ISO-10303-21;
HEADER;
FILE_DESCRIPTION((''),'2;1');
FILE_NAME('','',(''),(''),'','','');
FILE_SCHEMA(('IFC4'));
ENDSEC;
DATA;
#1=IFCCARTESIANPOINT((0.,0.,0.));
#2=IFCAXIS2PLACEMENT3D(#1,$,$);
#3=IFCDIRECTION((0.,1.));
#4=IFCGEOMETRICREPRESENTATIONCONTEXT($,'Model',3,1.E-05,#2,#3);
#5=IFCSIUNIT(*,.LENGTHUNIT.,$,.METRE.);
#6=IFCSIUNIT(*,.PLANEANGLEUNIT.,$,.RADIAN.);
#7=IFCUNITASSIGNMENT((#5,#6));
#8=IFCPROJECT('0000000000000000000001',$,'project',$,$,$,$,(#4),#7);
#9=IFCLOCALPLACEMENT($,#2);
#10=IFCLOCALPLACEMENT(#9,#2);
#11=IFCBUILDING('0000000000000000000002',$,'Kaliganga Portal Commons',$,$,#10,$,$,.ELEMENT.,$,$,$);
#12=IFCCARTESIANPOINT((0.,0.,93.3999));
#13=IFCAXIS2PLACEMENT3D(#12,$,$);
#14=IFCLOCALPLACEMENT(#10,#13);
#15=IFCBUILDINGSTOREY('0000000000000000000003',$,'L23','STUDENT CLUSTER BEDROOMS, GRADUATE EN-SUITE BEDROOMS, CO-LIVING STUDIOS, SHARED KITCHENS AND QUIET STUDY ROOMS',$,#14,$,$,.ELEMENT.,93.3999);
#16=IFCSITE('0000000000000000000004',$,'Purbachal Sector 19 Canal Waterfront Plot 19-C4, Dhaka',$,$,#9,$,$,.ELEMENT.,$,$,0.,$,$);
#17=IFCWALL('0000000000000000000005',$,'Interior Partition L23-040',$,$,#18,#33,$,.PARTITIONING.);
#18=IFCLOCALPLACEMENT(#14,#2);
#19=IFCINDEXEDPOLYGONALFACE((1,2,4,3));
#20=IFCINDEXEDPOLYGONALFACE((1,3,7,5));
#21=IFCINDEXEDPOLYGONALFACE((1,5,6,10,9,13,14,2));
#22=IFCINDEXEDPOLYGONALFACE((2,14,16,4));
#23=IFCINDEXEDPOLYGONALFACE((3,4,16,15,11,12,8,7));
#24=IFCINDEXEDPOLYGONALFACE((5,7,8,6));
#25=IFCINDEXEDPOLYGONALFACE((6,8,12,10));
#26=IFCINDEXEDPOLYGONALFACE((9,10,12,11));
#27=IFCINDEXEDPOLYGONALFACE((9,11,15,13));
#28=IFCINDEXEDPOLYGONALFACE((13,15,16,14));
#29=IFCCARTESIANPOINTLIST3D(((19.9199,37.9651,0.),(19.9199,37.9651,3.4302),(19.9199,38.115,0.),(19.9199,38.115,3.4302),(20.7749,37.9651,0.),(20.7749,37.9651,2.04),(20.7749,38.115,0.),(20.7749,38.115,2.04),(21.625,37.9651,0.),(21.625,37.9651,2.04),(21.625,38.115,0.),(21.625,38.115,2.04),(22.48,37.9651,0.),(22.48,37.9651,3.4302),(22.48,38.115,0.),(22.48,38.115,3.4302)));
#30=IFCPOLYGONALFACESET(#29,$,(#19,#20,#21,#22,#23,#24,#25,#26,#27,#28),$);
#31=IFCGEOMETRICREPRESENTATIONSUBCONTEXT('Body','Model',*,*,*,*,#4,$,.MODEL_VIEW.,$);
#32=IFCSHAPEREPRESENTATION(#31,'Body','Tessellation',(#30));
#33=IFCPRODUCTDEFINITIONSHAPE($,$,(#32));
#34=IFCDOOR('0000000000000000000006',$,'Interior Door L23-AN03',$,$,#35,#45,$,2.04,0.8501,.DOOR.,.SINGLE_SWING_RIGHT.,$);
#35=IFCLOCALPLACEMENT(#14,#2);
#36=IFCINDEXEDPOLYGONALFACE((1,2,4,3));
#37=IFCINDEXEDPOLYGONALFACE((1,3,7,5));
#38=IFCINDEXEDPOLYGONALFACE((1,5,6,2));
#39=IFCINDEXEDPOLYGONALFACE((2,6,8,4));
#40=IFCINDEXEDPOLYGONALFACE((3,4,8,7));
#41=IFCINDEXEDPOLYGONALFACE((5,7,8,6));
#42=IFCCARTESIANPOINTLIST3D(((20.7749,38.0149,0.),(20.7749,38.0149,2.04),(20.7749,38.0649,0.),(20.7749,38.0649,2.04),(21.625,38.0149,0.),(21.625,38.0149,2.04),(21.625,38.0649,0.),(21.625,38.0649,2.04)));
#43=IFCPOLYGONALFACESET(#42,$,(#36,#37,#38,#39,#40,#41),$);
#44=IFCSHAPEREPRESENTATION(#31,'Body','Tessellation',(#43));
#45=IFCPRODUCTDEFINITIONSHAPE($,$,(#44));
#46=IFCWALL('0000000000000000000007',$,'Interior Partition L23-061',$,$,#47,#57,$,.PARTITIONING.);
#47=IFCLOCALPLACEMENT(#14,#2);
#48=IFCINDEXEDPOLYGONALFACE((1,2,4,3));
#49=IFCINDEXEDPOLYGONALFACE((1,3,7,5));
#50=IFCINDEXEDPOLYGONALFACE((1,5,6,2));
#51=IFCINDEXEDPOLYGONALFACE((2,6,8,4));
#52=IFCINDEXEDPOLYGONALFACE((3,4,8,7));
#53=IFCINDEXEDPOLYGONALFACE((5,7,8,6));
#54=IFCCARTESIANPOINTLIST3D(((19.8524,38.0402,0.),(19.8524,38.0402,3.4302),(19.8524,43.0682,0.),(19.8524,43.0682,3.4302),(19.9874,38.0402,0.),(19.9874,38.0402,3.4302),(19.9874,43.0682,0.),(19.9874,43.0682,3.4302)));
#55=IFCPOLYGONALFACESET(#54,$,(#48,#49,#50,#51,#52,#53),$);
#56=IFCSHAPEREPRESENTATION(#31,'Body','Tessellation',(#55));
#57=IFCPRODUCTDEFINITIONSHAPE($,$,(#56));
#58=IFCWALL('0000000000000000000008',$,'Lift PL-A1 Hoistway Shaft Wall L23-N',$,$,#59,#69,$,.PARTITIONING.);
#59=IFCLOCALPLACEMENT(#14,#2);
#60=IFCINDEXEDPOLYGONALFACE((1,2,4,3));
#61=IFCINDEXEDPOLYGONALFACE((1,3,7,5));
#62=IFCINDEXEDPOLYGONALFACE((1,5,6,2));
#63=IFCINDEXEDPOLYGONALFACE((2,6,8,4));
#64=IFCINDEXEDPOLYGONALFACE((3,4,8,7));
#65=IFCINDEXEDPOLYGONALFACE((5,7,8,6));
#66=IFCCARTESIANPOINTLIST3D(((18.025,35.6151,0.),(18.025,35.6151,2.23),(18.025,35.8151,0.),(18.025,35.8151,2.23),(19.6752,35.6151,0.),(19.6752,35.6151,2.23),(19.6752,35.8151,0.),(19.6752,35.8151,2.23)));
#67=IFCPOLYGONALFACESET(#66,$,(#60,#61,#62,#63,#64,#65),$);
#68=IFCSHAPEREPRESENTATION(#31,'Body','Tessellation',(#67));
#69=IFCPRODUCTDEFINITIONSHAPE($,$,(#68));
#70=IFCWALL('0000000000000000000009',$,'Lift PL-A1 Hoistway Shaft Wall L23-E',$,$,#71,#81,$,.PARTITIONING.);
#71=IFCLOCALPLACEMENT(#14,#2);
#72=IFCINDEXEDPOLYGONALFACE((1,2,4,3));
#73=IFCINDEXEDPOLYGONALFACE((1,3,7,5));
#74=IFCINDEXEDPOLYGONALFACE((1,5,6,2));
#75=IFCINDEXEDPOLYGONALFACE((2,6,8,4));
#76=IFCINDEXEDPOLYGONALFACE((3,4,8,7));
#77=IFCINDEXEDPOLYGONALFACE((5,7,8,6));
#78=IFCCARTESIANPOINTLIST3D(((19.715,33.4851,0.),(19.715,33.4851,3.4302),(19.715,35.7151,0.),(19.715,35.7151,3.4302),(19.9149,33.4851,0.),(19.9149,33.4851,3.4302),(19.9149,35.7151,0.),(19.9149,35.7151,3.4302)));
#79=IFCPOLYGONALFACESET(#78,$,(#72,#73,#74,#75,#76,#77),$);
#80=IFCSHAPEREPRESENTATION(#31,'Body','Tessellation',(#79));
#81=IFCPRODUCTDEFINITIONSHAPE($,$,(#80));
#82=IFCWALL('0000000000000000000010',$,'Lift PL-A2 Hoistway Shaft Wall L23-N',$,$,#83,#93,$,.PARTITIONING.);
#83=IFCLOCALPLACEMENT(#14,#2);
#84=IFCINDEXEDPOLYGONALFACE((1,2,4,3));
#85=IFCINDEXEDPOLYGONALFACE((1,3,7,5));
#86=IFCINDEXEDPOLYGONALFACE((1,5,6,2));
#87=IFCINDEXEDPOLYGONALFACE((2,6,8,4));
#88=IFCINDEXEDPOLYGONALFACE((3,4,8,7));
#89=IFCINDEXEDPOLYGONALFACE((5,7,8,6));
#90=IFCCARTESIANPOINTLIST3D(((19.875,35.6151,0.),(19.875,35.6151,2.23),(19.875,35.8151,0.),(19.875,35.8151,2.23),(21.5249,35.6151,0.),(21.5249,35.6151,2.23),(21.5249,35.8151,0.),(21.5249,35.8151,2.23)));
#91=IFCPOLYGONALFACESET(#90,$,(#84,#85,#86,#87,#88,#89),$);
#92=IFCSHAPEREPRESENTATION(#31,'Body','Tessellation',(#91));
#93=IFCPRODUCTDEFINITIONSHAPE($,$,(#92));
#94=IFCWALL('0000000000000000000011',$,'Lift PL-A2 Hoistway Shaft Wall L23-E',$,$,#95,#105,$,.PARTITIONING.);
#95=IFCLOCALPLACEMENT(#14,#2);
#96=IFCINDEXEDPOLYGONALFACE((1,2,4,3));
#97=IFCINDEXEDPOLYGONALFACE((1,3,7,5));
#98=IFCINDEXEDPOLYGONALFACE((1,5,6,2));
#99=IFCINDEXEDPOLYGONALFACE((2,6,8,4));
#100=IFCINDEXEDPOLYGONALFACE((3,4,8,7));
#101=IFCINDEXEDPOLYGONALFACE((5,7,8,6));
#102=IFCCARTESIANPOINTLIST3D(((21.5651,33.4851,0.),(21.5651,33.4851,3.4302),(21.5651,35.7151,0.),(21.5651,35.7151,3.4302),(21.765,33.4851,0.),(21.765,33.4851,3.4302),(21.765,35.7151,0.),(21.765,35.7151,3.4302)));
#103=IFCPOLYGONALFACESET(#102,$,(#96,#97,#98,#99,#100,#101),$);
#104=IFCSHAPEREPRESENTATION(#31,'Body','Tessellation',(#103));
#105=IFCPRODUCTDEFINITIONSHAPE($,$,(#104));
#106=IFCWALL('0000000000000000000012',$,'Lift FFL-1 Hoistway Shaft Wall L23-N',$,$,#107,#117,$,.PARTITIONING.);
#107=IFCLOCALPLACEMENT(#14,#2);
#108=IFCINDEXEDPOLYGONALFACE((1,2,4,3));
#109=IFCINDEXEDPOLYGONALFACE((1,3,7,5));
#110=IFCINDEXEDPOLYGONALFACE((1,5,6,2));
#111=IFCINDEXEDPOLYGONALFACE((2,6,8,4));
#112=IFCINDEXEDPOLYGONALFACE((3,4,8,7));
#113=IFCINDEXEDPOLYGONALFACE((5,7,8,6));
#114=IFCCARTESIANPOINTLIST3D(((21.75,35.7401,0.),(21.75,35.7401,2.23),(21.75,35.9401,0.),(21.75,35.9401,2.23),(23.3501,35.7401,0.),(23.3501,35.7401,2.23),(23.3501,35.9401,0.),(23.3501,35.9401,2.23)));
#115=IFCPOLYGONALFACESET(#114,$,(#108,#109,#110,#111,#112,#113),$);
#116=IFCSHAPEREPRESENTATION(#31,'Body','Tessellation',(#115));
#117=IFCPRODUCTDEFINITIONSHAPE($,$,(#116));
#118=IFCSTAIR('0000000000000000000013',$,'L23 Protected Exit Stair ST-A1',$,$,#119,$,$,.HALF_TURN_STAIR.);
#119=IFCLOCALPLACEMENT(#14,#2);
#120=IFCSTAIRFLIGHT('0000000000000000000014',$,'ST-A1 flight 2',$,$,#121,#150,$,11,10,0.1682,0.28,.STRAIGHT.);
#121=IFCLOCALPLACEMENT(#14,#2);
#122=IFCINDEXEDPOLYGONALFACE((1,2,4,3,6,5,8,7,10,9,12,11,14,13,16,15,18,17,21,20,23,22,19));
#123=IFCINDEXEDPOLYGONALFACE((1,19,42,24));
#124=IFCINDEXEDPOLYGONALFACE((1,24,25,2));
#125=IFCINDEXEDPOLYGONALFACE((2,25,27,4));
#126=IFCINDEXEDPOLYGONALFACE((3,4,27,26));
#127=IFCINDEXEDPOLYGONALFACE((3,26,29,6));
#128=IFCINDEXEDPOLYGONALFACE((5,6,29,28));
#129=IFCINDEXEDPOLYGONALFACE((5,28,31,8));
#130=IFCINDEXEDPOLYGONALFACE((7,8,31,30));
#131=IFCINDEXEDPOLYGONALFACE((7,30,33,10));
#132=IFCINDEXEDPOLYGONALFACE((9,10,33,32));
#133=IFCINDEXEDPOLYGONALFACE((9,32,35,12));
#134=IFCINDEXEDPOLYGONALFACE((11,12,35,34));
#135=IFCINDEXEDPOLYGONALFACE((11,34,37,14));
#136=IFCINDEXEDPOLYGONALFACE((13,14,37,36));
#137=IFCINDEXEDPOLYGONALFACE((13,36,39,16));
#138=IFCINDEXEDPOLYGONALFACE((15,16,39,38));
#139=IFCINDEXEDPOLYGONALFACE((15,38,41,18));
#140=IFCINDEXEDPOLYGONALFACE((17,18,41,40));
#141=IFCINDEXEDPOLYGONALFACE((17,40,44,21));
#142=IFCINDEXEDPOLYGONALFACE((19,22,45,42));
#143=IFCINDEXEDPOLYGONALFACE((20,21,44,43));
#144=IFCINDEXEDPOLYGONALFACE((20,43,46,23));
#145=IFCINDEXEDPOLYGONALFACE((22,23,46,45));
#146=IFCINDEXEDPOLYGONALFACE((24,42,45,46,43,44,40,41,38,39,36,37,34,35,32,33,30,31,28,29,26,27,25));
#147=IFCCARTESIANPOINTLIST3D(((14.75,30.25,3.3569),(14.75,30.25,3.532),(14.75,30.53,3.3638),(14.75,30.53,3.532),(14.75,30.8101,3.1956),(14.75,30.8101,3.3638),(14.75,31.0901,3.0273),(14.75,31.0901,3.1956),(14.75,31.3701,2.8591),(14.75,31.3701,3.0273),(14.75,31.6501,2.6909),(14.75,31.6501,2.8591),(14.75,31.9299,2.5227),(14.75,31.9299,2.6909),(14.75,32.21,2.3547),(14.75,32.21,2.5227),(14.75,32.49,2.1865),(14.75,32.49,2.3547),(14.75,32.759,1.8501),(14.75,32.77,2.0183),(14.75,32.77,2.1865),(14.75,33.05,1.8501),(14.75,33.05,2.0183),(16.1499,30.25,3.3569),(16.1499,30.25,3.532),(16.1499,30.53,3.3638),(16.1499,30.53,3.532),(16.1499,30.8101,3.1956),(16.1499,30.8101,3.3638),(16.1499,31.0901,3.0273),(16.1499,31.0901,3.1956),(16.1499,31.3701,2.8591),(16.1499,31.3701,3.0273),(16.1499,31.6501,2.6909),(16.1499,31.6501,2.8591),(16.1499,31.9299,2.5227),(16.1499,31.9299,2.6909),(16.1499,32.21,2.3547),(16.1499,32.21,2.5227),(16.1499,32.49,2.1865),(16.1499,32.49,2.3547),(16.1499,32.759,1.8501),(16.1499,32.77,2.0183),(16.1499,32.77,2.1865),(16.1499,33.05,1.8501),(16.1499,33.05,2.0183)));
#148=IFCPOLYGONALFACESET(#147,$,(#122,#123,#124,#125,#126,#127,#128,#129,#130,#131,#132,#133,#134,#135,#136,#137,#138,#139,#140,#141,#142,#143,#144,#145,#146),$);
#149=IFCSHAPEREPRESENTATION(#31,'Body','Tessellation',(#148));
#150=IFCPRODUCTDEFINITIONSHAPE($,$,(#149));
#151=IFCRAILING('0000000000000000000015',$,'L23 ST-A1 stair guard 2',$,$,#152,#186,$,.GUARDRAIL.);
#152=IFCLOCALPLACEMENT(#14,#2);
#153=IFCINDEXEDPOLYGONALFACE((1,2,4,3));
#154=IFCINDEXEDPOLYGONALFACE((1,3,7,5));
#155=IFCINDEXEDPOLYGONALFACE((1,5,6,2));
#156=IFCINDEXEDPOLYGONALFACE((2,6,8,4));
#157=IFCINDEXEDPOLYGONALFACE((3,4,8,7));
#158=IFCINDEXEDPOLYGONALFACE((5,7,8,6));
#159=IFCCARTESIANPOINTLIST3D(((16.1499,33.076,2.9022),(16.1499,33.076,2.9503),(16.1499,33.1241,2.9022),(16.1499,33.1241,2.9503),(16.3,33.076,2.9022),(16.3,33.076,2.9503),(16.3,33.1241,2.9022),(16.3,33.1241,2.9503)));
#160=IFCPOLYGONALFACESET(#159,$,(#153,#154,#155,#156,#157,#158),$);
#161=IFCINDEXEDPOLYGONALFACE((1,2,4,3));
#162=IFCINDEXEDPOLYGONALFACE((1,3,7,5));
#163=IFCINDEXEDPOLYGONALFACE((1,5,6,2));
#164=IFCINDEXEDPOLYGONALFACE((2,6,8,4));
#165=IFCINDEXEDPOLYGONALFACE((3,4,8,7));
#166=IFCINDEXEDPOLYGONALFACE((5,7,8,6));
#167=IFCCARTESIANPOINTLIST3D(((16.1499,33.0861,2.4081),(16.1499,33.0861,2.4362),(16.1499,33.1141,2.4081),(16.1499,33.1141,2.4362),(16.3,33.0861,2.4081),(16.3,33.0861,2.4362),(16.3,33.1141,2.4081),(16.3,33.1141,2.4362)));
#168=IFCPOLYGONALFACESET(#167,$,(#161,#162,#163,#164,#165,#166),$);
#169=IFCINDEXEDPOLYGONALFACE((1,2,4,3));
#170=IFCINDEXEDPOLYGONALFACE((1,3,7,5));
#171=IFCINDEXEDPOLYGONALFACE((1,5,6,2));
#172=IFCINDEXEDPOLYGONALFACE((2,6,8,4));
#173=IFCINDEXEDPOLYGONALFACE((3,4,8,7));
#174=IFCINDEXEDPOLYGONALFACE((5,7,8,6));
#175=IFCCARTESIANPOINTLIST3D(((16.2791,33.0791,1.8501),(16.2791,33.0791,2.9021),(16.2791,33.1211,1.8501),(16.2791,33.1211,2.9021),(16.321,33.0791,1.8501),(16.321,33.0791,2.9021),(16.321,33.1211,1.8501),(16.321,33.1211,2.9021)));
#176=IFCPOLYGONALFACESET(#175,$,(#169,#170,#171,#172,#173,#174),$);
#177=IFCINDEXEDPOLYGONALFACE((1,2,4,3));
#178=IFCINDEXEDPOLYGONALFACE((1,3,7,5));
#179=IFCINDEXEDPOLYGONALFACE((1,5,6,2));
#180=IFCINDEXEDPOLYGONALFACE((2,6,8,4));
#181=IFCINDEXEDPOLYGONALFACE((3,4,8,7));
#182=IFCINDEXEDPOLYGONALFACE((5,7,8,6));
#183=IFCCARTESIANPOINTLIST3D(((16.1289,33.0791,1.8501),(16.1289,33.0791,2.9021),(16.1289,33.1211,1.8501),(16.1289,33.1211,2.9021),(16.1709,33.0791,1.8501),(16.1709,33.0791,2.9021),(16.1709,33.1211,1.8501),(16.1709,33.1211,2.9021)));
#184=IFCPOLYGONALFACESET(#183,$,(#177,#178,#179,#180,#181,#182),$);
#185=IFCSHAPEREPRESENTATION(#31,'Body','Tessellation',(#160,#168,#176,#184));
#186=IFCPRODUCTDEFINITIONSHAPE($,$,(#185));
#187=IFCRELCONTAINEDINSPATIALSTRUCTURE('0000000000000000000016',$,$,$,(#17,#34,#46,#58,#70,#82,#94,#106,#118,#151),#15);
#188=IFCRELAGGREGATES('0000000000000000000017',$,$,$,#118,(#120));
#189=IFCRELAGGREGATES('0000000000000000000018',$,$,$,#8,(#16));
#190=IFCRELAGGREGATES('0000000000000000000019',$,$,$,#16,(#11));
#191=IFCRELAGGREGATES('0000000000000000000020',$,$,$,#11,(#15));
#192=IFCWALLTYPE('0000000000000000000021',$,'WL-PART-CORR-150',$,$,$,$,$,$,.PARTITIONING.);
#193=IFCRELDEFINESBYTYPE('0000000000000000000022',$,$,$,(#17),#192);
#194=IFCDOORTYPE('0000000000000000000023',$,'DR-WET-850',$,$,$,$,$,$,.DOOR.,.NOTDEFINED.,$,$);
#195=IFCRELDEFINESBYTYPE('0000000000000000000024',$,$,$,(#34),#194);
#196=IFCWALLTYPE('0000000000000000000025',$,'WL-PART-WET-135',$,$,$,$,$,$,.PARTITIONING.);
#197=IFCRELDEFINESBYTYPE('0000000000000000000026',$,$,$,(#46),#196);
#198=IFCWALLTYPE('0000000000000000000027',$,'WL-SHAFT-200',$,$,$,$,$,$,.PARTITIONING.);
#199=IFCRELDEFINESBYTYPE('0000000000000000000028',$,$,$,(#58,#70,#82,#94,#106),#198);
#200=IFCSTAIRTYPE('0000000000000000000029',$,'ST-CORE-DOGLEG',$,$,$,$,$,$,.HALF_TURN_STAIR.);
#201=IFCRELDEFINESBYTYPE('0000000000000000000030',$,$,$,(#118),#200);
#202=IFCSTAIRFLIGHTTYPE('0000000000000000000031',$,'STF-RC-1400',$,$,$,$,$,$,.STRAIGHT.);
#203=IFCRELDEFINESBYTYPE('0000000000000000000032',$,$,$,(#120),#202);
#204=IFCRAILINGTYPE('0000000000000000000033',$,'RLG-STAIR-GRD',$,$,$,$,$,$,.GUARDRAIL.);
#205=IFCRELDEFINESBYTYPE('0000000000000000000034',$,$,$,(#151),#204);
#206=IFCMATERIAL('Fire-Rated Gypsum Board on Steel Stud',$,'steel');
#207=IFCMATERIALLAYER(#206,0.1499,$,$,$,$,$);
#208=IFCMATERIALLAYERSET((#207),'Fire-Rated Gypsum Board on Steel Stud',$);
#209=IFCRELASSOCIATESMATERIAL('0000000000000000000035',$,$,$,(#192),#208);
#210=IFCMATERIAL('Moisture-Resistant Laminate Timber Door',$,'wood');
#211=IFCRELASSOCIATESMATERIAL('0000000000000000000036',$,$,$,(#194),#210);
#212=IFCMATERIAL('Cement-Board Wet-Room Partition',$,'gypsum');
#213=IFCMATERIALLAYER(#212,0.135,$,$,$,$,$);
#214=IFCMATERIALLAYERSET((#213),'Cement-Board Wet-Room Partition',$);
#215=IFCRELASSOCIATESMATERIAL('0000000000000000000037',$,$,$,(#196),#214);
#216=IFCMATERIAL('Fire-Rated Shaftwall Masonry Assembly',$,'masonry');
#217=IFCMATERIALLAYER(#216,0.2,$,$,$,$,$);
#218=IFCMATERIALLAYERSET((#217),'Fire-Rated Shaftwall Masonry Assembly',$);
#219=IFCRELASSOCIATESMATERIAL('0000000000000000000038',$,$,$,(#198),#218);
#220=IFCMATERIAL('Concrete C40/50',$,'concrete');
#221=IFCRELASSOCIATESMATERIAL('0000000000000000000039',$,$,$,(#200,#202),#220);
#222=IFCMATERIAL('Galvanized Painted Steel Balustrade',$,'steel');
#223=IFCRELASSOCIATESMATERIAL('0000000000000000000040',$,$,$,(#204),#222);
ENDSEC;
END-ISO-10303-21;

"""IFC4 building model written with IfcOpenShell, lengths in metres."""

from ifc_helpers import new_model, si_unit, direction, frame, frame_2d, origin, origin_2d, place, context, subcontext, project, spatial, polyline, rectangle, outline, extrude, material, layer, layer_set, type_object, element, fill, aggregate, save


model = new_model("IFC4")

# Units and contexts
model_context = context("Model", 3, precision=1e-05, world=origin(), true_north=direction((0.0, 1.0)))
body_context = subcontext(model_context, "Body", "Model", "MODEL_VIEW")
ifc_project = project(units=[si_unit("LENGTHUNIT", "METRE"), si_unit("PLANEANGLEUNIT", "RADIAN")], contexts=[model_context])

# Site, building, storey
site_placement = place(None, origin())
site = spatial("IfcSite", under=ifc_project, at=site_placement, Name="Purbachal Sector 19 Canal Waterfront Plot 19-C4, Dhaka", CompositionType="ELEMENT", RefElevation=0.0)
building_placement = place(site_placement, origin())
building = spatial("IfcBuilding", under=site, at=building_placement, Name="Kaliganga Portal Commons", CompositionType="ELEMENT")
storey_placement = place(building_placement, frame((0.0, 0.0, 93.3999)))
storey = spatial("IfcBuildingStorey", under=building, at=storey_placement, Name="L23", Description="STUDENT CLUSTER BEDROOMS, GRADUATE EN-SUITE BEDROOMS, CO-LIVING STUDIOS, SHARED KITCHENS AND QUIET STUDY ROOMS", CompositionType="ELEMENT", Elevation=93.3999)

# Wall, opening, door
ifc_material_1 = material(Name="Fire-Rated Gypsum Board on Steel Stud", Category="steel")
ifc_layer_1 = layer(ifc_material_1, 0.1499)
ifc_layer_set_1 = layer_set([ifc_layer_1], Name="Fire-Rated Gypsum Board on Steel Stud")
wall_type_1 = type_object("IfcWallType", Name="WL-PART-CORR-150", PredefinedType="PARTITIONING", material=ifc_layer_set_1)
wall_1_placement = place(storey_placement, frame((19.9199, 38.04, 0.0), z_axis=(0.0, 0.0, 1.0), x_axis=(1.0, 0.0, 0.0)))
wall_1 = element("IfcWall", 1, at=wall_1_placement, inside=storey, type_object=wall_type_1, Name="Interior Partition L23-040", PredefinedType="PARTITIONING", context=body_context, shape_type="SweptSolid", body=[
    extrude(rectangle(XDim=2.5601, YDim=0.1499, at=frame_2d((1.28, 0.0))), origin(), (0.0, 0.0, 1.0), 3.4302),
])
opening_1_placement = place(wall_1_placement, frame((0.855, 0.0, 0.0)))
opening_1 = element("IfcOpeningElement", 2, at=opening_1_placement, cuts=wall_1, PredefinedType="OPENING", context=body_context, shape_type="SweptSolid", body=[
    extrude(rectangle(XDim=0.8501, YDim=2.04, at=frame_2d((0.425, 1.02))), frame((0.0, 0.085, 0.0), z_axis=(0.0, -1.0, 0.0), x_axis=(1.0, 0.0, 0.0)), (0.0, 0.0, 1.0), 0.1699),
])
ifc_material_2 = material(Name="Moisture-Resistant Laminate Timber Door", Category="wood")
door_type_1 = type_object("IfcDoorType", Name="DR-WET-850", OperationType="NOTDEFINED", PredefinedType="DOOR", material=ifc_material_2)
door_1_placement = place(opening_1_placement, origin())
door_1 = element("IfcDoor", 3, at=door_1_placement, inside=storey, type_object=door_type_1, Name="Interior Door L23-AN03", OperationType="SINGLE_SWING_RIGHT", OverallHeight=2.04, OverallWidth=0.8501, PredefinedType="DOOR", context=body_context, shape_type="SweptSolid", body=[
    extrude(rectangle(XDim=0.8501, YDim=2.04, at=frame_2d((0.425, 1.02))), frame((0.0, 0.0249, 0.0), z_axis=(0.0, -1.0, 0.0), x_axis=(1.0, 0.0, 0.0)), (0.0, 0.0, 1.0), 0.05),
])
fill(opening_1, door_1)

# Wall
ifc_material_3 = material(Name="Cement-Board Wet-Room Partition", Category="gypsum")
ifc_layer_2 = layer(ifc_material_3, 0.135)
ifc_layer_set_2 = layer_set([ifc_layer_2], Name="Cement-Board Wet-Room Partition")
wall_type_2 = type_object("IfcWallType", Name="WL-PART-WET-135", PredefinedType="PARTITIONING", material=ifc_layer_set_2)
wall_2_placement = place(storey_placement, frame((19.9199, 38.04, 0.0), z_axis=(0.0, 0.0, 1.0), x_axis=(0.0, 1.0, 0.0)))
element("IfcWall", 4, at=wall_2_placement, inside=storey, type_object=wall_type_2, Name="Interior Partition L23-061", PredefinedType="PARTITIONING", context=body_context, shape_type="SweptSolid", body=[
    extrude(rectangle(XDim=5.0281, YDim=0.135, at=frame_2d((2.5142, 0.0))), origin(), (0.0, 0.0, 1.0), 3.4302),
])

# Shared definitions
ifc_material_4 = material(Name="Fire-Rated Shaftwall Masonry Assembly", Category="masonry")
ifc_layer_3 = layer(ifc_material_4, 0.2)
ifc_layer_set_3 = layer_set([ifc_layer_3], Name="Fire-Rated Shaftwall Masonry Assembly")
wall_type_3 = type_object("IfcWallType", Name="WL-SHAFT-200", PredefinedType="PARTITIONING", material=ifc_layer_set_3)

# Walls
wall_3_placement = place(storey_placement, frame((18.0249, 35.7151, 0.0), z_axis=(0.0, 0.0, 1.0), x_axis=(1.0, 0.0, 0.0)))
element("IfcWall", 5, at=wall_3_placement, inside=storey, type_object=wall_type_3, Name="Lift PL-A1 Hoistway Shaft Wall L23-N", PredefinedType="PARTITIONING", context=body_context, shape_type="SweptSolid", body=[
    extrude(rectangle(XDim=1.6501, YDim=0.2, at=frame_2d((0.8252, 0.0))), origin(), (0.0, 0.0, 1.0), 2.23),
])
wall_4_placement = place(storey_placement, frame((19.8149, 33.4851, 0.0), z_axis=(0.0, 0.0, 1.0), x_axis=(0.0, 1.0, 0.0)))
element("IfcWall", 6, at=wall_4_placement, inside=storey, type_object=wall_type_3, Name="Lift PL-A1 Hoistway Shaft Wall L23-E", PredefinedType="PARTITIONING", context=body_context, shape_type="SweptSolid", body=[
    extrude(rectangle(XDim=2.23, YDim=0.2, at=frame_2d((1.115, 0.0))), origin(), (0.0, 0.0, 1.0), 3.4302),
])

# Walls
wall_5_placement = place(storey_placement, frame((19.875, 35.7151, 0.0), z_axis=(0.0, 0.0, 1.0), x_axis=(1.0, 0.0, 0.0)))
element("IfcWall", 7, at=wall_5_placement, inside=storey, type_object=wall_type_3, Name="Lift PL-A2 Hoistway Shaft Wall L23-N", PredefinedType="PARTITIONING", context=body_context, shape_type="SweptSolid", body=[
    extrude(rectangle(XDim=1.6499, YDim=0.2, at=frame_2d((0.825, 0.0))), origin(), (0.0, 0.0, 1.0), 2.23),
])
wall_6_placement = place(storey_placement, frame((21.665, 33.4851, 0.0), z_axis=(0.0, 0.0, 1.0), x_axis=(0.0, 1.0, 0.0)))
element("IfcWall", 8, at=wall_6_placement, inside=storey, type_object=wall_type_3, Name="Lift PL-A2 Hoistway Shaft Wall L23-E", PredefinedType="PARTITIONING", context=body_context, shape_type="SweptSolid", body=[
    extrude(rectangle(XDim=2.23, YDim=0.2, at=frame_2d((1.115, 0.0))), origin(), (0.0, 0.0, 1.0), 3.4302),
])

# Wall
wall_7_placement = place(storey_placement, frame((21.75, 35.8401, 0.0), z_axis=(0.0, 0.0, 1.0), x_axis=(1.0, 0.0, 0.0)))
element("IfcWall", 9, at=wall_7_placement, inside=storey, type_object=wall_type_3, Name="Lift FFL-1 Hoistway Shaft Wall L23-N", PredefinedType="PARTITIONING", context=body_context, shape_type="SweptSolid", body=[
    extrude(rectangle(XDim=1.6001, YDim=0.2, at=frame_2d((0.8, 0.0))), origin(), (0.0, 0.0, 1.0), 2.23),
])

# Stair, stair flight
ifc_material_5 = material(Name="Concrete C40/50", Category="concrete")
stair_type = type_object("IfcStairType", Name="ST-CORE-DOGLEG", PredefinedType="HALF_TURN_STAIR", material=ifc_material_5)
stair_placement = place(storey_placement, origin())
stair = element("IfcStair", 10, at=stair_placement, inside=storey, type_object=stair_type, Name="L23 Protected Exit Stair ST-A1", PredefinedType="HALF_TURN_STAIR")
stair_flight_type = type_object("IfcStairFlightType", Name="STF-RC-1400", PredefinedType="STRAIGHT", material=ifc_material_5)
stair_flight_placement = place(storey_placement, frame((15.45, 33.05, 1.8501), z_axis=(0.0, 0.0, 1.0), x_axis=(0.0, -1.0, 0.0)))
stair_flight = element("IfcStairFlight", 11, at=stair_flight_placement, type_object=stair_flight_type, Name="ST-A1 flight 2", NumberOfRisers=11, NumberOfTreads=10, PredefinedType="STRAIGHT", RiserHeight=0.1682, TreadLength=0.28, context=body_context, shape_type="SweptSolid", body=[
    extrude(outline(polyline([(0.0, 0.0), (0.0, 0.1682), (0.28, 0.1682), (0.28, 0.3364), (0.5601, 0.3364), (0.5601, 0.5046), (0.8401, 0.5046), (0.8401, 0.6726), (1.1201, 0.6726), (1.1201, 0.8408), (1.3999, 0.8408), (1.3999, 1.009), (1.6799, 1.009), (1.6799, 1.1772), (1.96, 1.1772), (1.96, 1.3455), (2.24, 1.3455), (2.24, 1.5137), (2.52, 1.5137), (2.52, 1.6819), (2.8, 1.6819), (2.8, 1.8501), (2.8, 1.5068), (0.291, 0.0), (0.0, 0.0)])), frame((0.0, 0.7, 0.0), z_axis=(0.0, -1.0, 0.0), x_axis=(1.0, 0.0, 0.0)), (0.0, 0.0, 1.0), 1.3999),
])
aggregate(stair, [stair_flight])

# Railing
ifc_material_6 = material(Name="Galvanized Painted Steel Balustrade", Category="steel")
railing_type = type_object("IfcRailingType", Name="RLG-STAIR-GRD", PredefinedType="GUARDRAIL", material=ifc_material_6)
railing_1_placement = place(storey_placement, frame((16.3, 33.1001, 1.8501)))
element("IfcRailing", 12, at=railing_1_placement, inside=storey, type_object=railing_type, Name="L23 ST-A1 stair guard 2", PredefinedType="GUARDRAIL", context=body_context, shape_type="SweptSolid", body=[
    extrude(rectangle(XDim=0.0481, YDim=0.0481, at=origin_2d()), frame((0.0, 0.0, 1.0762), z_axis=(-1.0, 0.0, 0.0), x_axis=(0.0, -1.0, 0.0)), (0.0, 0.0, 1.0), 0.1501),
    extrude(rectangle(XDim=0.0281, YDim=0.0281, at=origin_2d()), frame((0.0, 0.0, 0.572), z_axis=(-1.0, 0.0, 0.0), x_axis=(0.0, -1.0, 0.0)), (0.0, 0.0, 1.0), 0.1501),
    extrude(rectangle(XDim=0.042, YDim=0.042, at=origin_2d()), origin(), (0.0, 0.0, 1.0), 1.052),
    extrude(rectangle(XDim=0.042, YDim=0.042, at=origin_2d()), frame((-0.1501, 0.0, 0.0)), (0.0, 0.0, 1.0), 1.052),
])

save(model, "model.ifc")
